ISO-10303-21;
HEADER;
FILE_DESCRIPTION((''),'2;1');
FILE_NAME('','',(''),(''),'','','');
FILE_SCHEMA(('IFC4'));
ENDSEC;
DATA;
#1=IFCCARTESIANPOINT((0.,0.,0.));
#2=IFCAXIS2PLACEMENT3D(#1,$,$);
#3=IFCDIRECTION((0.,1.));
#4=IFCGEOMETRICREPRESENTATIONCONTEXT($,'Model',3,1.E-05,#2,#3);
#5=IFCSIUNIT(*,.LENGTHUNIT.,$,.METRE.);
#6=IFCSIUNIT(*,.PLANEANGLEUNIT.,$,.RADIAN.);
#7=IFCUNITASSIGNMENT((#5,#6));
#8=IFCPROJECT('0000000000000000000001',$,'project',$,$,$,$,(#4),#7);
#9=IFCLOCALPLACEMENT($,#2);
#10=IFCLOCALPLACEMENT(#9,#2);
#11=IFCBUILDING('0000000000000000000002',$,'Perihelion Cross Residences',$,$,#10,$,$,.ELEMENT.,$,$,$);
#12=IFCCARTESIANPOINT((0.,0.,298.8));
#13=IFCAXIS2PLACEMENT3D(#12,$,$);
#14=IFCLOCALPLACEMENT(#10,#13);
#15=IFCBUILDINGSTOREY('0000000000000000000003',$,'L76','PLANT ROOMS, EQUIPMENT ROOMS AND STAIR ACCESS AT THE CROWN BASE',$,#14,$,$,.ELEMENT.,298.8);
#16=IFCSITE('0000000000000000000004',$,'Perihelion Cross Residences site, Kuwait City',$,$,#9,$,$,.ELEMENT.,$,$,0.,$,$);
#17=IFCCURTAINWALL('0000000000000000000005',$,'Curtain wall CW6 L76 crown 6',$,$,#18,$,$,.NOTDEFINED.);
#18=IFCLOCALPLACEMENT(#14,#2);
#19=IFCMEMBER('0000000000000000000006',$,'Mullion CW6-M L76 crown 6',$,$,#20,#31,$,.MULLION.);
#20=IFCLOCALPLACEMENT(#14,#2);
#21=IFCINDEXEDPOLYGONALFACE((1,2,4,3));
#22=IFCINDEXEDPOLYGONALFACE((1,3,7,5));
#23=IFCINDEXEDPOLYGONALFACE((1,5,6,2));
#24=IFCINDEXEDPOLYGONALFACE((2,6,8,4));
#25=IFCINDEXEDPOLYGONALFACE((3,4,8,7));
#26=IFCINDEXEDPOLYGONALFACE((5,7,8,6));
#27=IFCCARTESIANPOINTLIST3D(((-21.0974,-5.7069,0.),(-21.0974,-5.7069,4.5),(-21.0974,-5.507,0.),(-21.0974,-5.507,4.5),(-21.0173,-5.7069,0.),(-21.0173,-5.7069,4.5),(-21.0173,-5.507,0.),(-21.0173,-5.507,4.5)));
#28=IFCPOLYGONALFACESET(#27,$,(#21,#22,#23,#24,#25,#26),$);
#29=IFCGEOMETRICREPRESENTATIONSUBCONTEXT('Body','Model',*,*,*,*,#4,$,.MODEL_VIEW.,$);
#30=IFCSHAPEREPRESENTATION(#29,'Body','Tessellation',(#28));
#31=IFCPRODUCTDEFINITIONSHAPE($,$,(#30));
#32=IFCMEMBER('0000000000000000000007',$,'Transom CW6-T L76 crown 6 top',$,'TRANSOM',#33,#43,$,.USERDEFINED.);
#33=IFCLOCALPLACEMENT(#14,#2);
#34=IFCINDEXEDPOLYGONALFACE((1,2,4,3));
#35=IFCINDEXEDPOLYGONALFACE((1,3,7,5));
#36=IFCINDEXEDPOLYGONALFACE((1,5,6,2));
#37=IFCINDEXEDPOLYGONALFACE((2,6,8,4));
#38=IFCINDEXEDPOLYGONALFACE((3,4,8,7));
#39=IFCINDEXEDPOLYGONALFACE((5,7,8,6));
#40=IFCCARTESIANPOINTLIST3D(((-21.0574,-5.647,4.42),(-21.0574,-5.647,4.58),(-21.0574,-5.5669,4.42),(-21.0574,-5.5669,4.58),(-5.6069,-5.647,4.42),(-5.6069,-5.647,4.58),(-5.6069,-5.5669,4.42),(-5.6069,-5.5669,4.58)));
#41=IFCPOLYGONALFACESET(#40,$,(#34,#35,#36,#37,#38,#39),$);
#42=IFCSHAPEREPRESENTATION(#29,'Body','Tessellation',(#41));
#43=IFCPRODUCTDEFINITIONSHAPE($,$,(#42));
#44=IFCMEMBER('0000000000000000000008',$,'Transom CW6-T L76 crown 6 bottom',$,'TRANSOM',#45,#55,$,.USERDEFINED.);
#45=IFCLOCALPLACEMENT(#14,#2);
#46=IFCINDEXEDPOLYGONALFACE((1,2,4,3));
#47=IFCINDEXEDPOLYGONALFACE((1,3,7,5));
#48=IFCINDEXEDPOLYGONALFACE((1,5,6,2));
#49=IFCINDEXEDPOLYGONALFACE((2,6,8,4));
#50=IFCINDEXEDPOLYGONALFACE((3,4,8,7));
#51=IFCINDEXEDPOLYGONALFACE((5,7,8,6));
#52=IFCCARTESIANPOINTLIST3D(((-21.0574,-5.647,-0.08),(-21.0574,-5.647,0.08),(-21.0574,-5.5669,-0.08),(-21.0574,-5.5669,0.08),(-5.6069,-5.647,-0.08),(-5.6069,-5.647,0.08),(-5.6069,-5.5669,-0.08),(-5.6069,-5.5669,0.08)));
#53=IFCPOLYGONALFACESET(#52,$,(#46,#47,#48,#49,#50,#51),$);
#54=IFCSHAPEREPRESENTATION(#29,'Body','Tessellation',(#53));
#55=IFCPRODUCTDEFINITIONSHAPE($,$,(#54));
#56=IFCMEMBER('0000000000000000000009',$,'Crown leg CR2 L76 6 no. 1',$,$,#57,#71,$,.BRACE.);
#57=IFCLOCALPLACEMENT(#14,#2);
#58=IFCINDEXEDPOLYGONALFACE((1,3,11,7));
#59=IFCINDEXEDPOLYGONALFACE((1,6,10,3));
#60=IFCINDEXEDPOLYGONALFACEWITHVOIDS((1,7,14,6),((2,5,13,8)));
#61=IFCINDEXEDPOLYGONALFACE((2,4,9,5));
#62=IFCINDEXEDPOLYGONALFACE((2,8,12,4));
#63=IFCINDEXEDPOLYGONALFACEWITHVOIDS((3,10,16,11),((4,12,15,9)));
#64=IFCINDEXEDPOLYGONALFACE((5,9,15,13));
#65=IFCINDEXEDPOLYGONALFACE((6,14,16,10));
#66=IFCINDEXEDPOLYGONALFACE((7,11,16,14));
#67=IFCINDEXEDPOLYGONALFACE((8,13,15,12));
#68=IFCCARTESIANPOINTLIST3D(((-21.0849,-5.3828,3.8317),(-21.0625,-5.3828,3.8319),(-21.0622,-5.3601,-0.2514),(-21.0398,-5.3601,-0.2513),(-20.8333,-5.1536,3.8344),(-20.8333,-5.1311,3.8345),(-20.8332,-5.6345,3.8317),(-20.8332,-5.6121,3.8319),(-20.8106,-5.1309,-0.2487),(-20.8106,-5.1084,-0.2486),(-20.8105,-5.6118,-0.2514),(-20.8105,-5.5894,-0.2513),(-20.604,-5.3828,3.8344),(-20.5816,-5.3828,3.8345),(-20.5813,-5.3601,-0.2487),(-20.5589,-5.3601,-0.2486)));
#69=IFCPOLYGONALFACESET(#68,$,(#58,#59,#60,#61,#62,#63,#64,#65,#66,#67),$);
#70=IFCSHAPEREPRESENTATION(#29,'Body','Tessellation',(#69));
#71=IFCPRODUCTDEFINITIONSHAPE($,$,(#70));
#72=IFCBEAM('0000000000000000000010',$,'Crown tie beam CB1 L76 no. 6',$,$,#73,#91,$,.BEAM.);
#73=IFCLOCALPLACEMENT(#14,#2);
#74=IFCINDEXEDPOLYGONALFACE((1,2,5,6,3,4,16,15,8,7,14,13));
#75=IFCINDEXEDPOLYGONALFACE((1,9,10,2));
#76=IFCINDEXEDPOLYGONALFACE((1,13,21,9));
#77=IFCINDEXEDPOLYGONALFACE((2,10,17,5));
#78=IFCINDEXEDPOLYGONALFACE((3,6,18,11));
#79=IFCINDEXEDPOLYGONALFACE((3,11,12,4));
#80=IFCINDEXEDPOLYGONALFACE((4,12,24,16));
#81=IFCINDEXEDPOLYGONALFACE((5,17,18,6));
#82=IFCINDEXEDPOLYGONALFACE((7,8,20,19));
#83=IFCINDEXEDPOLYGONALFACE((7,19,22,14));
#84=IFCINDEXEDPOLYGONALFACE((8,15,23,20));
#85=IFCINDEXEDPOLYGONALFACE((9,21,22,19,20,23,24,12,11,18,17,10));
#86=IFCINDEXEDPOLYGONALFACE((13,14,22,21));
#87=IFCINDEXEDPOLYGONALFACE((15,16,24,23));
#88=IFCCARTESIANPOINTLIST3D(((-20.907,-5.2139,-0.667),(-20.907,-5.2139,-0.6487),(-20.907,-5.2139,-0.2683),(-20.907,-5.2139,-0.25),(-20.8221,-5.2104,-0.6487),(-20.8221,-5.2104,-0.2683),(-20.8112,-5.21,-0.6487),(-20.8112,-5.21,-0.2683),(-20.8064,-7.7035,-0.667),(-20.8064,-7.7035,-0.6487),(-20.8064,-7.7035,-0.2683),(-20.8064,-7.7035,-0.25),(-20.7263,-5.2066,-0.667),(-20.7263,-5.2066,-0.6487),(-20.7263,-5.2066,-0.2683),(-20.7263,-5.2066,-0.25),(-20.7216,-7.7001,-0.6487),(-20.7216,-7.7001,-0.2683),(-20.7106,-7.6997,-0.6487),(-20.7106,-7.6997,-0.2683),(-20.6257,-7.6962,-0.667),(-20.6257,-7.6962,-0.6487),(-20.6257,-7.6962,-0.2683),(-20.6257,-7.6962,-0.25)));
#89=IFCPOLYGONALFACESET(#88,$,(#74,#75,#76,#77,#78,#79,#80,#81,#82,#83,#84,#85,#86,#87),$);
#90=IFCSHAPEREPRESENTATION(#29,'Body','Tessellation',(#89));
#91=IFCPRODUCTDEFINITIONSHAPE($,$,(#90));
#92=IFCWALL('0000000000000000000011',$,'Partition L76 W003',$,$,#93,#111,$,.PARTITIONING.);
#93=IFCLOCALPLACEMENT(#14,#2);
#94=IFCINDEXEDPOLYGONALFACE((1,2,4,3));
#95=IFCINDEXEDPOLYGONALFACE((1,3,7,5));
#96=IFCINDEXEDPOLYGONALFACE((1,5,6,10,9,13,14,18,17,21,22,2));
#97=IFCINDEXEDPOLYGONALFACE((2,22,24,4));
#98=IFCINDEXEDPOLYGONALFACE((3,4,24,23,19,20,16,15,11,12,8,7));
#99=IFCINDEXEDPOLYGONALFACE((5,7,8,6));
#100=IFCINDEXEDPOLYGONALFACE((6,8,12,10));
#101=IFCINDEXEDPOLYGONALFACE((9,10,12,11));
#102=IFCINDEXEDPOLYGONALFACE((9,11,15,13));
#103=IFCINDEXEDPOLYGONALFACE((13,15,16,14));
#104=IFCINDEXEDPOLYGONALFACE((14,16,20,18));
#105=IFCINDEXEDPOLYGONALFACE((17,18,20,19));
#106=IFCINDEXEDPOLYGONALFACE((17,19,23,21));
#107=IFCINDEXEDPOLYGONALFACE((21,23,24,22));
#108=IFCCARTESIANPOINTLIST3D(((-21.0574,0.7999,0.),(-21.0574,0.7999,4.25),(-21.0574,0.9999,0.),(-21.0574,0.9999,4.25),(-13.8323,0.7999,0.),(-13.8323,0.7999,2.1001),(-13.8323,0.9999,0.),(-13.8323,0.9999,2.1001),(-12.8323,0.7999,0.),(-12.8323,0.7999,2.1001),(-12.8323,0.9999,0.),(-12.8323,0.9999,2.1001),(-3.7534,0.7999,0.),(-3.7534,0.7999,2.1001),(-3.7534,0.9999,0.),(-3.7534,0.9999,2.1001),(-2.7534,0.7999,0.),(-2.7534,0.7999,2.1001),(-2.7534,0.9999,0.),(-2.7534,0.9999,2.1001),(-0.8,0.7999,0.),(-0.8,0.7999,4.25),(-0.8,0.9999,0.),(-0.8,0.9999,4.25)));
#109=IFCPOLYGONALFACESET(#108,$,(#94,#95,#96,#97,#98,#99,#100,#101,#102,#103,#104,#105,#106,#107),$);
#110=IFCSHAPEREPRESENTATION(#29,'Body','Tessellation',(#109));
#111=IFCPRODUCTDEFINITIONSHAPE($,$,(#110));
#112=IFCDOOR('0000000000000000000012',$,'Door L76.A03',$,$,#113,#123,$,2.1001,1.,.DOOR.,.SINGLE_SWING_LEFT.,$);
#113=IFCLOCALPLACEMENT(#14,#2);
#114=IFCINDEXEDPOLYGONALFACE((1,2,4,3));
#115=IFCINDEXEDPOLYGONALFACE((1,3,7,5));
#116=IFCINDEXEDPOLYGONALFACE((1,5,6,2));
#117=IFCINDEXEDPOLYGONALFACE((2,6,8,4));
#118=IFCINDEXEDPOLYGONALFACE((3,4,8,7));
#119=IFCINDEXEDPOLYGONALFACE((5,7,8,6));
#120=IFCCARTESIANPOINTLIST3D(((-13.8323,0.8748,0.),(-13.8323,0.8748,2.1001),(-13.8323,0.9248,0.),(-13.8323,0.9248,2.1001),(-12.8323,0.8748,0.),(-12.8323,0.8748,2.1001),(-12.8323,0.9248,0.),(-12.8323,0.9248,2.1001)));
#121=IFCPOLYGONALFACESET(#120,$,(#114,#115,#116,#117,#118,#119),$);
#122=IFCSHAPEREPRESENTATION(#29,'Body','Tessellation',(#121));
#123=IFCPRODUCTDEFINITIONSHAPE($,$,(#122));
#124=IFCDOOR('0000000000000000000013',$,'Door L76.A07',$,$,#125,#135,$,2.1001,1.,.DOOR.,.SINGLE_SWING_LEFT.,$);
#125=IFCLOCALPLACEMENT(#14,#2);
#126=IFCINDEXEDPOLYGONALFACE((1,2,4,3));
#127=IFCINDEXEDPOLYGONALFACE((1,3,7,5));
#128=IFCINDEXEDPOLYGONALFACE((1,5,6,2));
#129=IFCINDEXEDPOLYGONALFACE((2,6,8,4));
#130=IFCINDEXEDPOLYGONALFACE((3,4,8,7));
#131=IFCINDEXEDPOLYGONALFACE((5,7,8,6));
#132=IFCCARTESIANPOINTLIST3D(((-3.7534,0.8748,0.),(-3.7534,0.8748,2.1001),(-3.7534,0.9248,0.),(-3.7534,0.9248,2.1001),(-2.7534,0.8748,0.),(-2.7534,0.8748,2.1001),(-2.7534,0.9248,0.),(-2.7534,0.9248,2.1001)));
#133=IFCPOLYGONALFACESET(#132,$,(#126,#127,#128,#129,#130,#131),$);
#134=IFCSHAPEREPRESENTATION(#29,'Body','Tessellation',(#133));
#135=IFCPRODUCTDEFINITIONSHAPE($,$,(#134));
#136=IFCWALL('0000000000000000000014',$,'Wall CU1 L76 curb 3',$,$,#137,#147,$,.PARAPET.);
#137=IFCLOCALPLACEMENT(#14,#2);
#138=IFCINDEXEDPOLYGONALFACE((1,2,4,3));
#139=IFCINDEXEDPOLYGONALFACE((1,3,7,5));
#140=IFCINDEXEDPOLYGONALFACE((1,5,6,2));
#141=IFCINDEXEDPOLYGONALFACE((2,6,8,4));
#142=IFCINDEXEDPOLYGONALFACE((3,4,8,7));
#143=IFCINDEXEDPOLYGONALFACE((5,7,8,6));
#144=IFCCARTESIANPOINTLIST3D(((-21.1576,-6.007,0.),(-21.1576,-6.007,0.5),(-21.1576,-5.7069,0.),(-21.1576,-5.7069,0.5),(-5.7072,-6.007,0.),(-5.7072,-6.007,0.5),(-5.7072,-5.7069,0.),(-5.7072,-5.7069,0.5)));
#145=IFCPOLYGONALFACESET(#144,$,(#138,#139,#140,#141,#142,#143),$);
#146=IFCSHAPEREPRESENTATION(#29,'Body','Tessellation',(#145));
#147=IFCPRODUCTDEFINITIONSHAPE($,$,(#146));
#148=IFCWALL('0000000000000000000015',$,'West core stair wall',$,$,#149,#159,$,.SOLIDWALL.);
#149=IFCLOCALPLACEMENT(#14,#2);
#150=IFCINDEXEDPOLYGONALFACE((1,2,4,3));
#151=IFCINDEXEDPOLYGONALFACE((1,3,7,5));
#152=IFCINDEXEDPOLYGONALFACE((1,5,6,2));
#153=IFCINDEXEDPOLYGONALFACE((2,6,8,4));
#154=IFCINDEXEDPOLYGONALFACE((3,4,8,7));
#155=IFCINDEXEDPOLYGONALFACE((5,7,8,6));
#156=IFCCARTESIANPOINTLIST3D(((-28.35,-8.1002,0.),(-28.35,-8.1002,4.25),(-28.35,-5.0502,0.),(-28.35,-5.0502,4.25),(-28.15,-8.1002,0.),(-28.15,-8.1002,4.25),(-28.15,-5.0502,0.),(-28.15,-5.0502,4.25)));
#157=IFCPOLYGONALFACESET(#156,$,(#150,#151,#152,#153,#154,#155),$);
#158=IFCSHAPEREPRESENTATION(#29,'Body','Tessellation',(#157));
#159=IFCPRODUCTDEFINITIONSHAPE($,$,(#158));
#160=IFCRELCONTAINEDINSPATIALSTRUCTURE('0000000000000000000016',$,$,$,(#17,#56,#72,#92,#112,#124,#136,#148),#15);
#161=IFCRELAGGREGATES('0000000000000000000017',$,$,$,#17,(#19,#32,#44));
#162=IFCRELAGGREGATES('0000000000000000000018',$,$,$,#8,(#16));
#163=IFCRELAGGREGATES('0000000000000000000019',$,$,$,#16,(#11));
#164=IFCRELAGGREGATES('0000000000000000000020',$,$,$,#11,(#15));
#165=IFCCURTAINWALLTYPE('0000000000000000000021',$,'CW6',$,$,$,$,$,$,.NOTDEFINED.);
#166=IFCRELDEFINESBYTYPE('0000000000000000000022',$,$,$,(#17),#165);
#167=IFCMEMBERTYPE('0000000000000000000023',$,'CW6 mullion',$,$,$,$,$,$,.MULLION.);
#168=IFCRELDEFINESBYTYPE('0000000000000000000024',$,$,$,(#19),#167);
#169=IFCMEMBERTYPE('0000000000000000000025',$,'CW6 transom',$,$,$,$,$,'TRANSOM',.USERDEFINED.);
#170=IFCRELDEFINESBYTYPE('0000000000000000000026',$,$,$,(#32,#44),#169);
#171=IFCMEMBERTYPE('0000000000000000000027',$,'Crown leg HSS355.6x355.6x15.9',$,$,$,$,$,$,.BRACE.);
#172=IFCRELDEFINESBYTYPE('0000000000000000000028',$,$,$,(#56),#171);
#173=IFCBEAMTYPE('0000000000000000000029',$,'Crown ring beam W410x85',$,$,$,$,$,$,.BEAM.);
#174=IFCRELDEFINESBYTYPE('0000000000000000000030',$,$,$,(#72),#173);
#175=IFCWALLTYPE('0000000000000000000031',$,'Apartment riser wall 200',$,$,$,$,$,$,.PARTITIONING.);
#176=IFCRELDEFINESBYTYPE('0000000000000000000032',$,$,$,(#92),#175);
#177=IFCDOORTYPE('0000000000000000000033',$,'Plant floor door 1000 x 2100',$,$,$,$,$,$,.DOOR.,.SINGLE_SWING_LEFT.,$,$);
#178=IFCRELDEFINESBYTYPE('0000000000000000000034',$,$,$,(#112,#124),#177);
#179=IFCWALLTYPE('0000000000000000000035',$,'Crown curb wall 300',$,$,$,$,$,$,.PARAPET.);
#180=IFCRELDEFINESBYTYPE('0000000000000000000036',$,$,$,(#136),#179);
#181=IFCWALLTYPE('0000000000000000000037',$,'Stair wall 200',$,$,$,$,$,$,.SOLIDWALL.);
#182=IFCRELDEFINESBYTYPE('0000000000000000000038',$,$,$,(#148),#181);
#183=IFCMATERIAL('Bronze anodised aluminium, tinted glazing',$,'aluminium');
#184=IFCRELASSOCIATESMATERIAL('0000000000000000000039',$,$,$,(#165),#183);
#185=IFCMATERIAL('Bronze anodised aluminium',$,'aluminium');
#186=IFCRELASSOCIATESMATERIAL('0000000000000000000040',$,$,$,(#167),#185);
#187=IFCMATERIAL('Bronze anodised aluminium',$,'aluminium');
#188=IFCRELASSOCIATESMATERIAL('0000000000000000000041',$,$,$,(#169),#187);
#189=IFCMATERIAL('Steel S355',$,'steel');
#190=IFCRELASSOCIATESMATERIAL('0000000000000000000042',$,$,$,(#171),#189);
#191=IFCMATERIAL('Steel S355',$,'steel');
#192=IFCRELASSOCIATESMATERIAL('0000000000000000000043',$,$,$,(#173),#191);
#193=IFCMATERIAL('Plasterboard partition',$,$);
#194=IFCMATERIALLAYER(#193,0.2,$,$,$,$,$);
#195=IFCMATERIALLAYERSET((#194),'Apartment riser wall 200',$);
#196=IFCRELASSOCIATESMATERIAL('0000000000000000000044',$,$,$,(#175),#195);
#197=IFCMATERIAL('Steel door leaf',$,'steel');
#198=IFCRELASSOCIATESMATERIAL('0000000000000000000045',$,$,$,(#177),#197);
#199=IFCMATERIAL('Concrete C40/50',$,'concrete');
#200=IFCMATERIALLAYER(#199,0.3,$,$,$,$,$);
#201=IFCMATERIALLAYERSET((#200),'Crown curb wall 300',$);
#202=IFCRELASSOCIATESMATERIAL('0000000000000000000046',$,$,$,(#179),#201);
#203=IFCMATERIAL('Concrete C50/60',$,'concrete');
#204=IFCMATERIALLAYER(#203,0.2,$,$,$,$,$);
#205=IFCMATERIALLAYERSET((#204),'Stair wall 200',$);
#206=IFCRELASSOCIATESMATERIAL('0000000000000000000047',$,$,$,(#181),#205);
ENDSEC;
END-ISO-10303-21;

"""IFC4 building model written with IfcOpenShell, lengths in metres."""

from ifc_helpers import new_model, si_unit, direction, frame, frame_2d, origin, origin_2d, place, context, subcontext, project, spatial, rectangle, hollow_rectangle, i_section, extrude, material, layer, layer_set, material_profile, profile_set, type_object, element, fill, aggregate, save


model = new_model("IFC4")

# Units and contexts
model_context = context("Model", 3, precision=1e-05, world=origin(), true_north=direction((0.0, 1.0)))
body_context = subcontext(model_context, "Body", "Model", "MODEL_VIEW")
ifc_project = project(units=[si_unit("LENGTHUNIT", "METRE"), si_unit("PLANEANGLEUNIT", "RADIAN")], contexts=[model_context])

# Site, building, storey
site_placement = place(None, origin())
site = spatial("IfcSite", under=ifc_project, at=site_placement, Name="Perihelion Cross Residences site, Kuwait City", CompositionType="ELEMENT", RefElevation=0.0)
building_placement = place(site_placement, origin())
building = spatial("IfcBuilding", under=site, at=building_placement, Name="Perihelion Cross Residences", CompositionType="ELEMENT")
storey_placement = place(building_placement, frame((0.0, 0.0, 298.8)))
storey = spatial("IfcBuildingStorey", under=building, at=storey_placement, Name="L76", Description="PLANT ROOMS, EQUIPMENT ROOMS AND STAIR ACCESS AT THE CROWN BASE", CompositionType="ELEMENT", Elevation=298.8)

# Curtain wall, members
ifc_material_1 = material(Name="Bronze anodised aluminium, tinted glazing", Category="aluminium")
curtain_wall_type = type_object("IfcCurtainWallType", Name="CW6", PredefinedType="NOTDEFINED", material=ifc_material_1)
curtain_wall_1_placement = place(storey_placement, origin())
curtain_wall_1 = element("IfcCurtainWall", 1, at=curtain_wall_1_placement, inside=storey, type_object=curtain_wall_type, Name="Curtain wall CW6 L76 crown 6", PredefinedType="NOTDEFINED")
ifc_material_2 = material(Name="Bronze anodised aluminium", Category="aluminium")
ifc_material_profile_1 = material_profile(ifc_material_2, rectangle(XDim=0.0801, YDim=0.2, at=origin_2d()), Name="CW6 mullion")
ifc_profile_set_1 = profile_set([ifc_material_profile_1], Name="Bronze anodised aluminium")
member_type_1 = type_object("IfcMemberType", Name="CW6 mullion", PredefinedType="MULLION", material=ifc_profile_set_1)
member_1_placement = place(storey_placement, frame((-21.0574, -5.6069, 0.0), z_axis=(0.0, 0.0, 1.0), x_axis=(1.0, 0.0, 0.0)))
member_1 = element("IfcMember", 2, at=member_1_placement, type_object=member_type_1, Name="Mullion CW6-M L76 crown 6", PredefinedType="MULLION", context=body_context, shape_type="SweptSolid", body=[
    extrude(rectangle(XDim=0.0801, YDim=0.2, at=origin_2d()), origin(), (0.0, 0.0, 1.0), 4.5),
])
ifc_material_3 = material(Name="Bronze anodised aluminium", Category="aluminium")
ifc_material_profile_2 = material_profile(ifc_material_3, rectangle(XDim=0.0801, YDim=0.1599, at=origin_2d()), Name="CW6 transom")
ifc_profile_set_2 = profile_set([ifc_material_profile_2], Name="Bronze anodised aluminium")
member_type_2 = type_object("IfcMemberType", Name="CW6 transom", ElementType="TRANSOM", PredefinedType="USERDEFINED", material=ifc_profile_set_2)
member_2_placement = place(storey_placement, frame((-21.0574, -5.6069, 4.5), z_axis=(1.0, 0.0, 0.0), x_axis=(0.0, 1.0, 0.0)))
member_2 = element("IfcMember", 3, at=member_2_placement, type_object=member_type_2, Name="Transom CW6-T L76 crown 6 top", ObjectType="TRANSOM", PredefinedType="USERDEFINED", context=body_context, shape_type="SweptSolid", body=[
    extrude(rectangle(XDim=0.0801, YDim=0.1599, at=origin_2d()), origin(), (0.0, 0.0, 1.0), 15.4504),
])
member_3_placement = place(storey_placement, frame((-21.0574, -5.6069, 0.0), z_axis=(1.0, 0.0, 0.0), x_axis=(0.0, 1.0, 0.0)))
member_3 = element("IfcMember", 4, at=member_3_placement, type_object=member_type_2, Name="Transom CW6-T L76 crown 6 bottom", ObjectType="TRANSOM", PredefinedType="USERDEFINED", context=body_context, shape_type="SweptSolid", body=[
    extrude(rectangle(XDim=0.0801, YDim=0.1599, at=origin_2d()), origin(), (0.0, 0.0, 1.0), 15.4504),
])
aggregate(curtain_wall_1, [member_1, member_2, member_3])

# Member
ifc_material_4 = material(Name="Steel S355", Category="steel")
ifc_material_profile_3 = material_profile(ifc_material_4, hollow_rectangle(XDim=0.356, YDim=0.356, WallThickness=0.0159, at=origin_2d()), Name="HSS355.6x355.6x15.9")
ifc_profile_set_3 = profile_set([ifc_material_profile_3], Name="Steel S355")
member_type_3 = type_object("IfcMemberType", Name="Crown leg HSS355.6x355.6x15.9", PredefinedType="BRACE", material=ifc_profile_set_3)
member_4_placement = place(storey_placement, frame((-20.8105, -5.3601, -0.25), z_axis=(-0.005561, -0.005561, 0.999969), x_axis=(0.707107, -0.707107, 0.0)))
element("IfcMember", 5, at=member_4_placement, inside=storey, type_object=member_type_3, Name="Crown leg CR2 L76 6 no. 1", PredefinedType="BRACE", context=body_context, shape_type="SweptSolid", body=[
    extrude(hollow_rectangle(XDim=0.356, YDim=0.356, WallThickness=0.0159, at=origin_2d()), origin(), (0.0, 0.0, 1.0), 4.0833),
])

# Beam
ifc_material_5 = material(Name="Steel S355", Category="steel")
ifc_material_profile_4 = material_profile(ifc_material_5, i_section(OverallWidth=0.1809, OverallDepth=0.417, WebThickness=0.011, FlangeThickness=0.0183, at=origin_2d()), Name="W410x85")
ifc_profile_set_4 = profile_set([ifc_material_profile_4], Name="Steel S355")
beam_type = type_object("IfcBeamType", Name="Crown ring beam W410x85", PredefinedType="BEAM", material=ifc_profile_set_4)
beam_placement = place(storey_placement, frame((-20.8167, -5.2102, -0.4585), z_axis=(0.040367, -0.999185, 0.0), x_axis=(0.999185, 0.040367, 0.0)))
element("IfcBeam", 6, at=beam_placement, inside=storey, type_object=beam_type, Name="Crown tie beam CB1 L76 no. 6", PredefinedType="BEAM", context=body_context, shape_type="SweptSolid", body=[
    extrude(i_section(OverallWidth=0.1809, OverallDepth=0.417, WebThickness=0.011, FlangeThickness=0.0183, at=origin_2d()), origin(), (0.0, 0.0, 1.0), 2.4917),
])

# Wall, openings, doors
ifc_material_6 = material(Name="Plasterboard partition")
ifc_layer_1 = layer(ifc_material_6, 0.2)
ifc_layer_set_1 = layer_set([ifc_layer_1], Name="Apartment riser wall 200")
wall_type_1 = type_object("IfcWallType", Name="Apartment riser wall 200", PredefinedType="PARTITIONING", material=ifc_layer_set_1)
wall_1_placement = place(storey_placement, frame((-21.0574, 0.8999, 0.0), z_axis=(0.0, 0.0, 1.0), x_axis=(1.0, 0.0, 0.0)))
wall_1 = element("IfcWall", 7, at=wall_1_placement, inside=storey, type_object=wall_type_1, Name="Partition L76 W003", PredefinedType="PARTITIONING", context=body_context, shape_type="SweptSolid", body=[
    extrude(rectangle(XDim=20.2573, YDim=0.2, at=frame_2d((10.1287, 0.0))), origin(), (0.0, 0.0, 1.0), 4.25),
])
opening_1_placement = place(wall_1_placement, frame((7.2251, 0.0, 0.0)))
opening_1 = element("IfcOpeningElement", 8, at=opening_1_placement, cuts=wall_1, PredefinedType="OPENING", context=body_context, shape_type="SweptSolid", body=[
    extrude(rectangle(XDim=1.0, YDim=2.1001, at=frame_2d((0.5, 1.05))), frame((0.0, 0.1099, 0.0), z_axis=(0.0, -1.0, 0.0), x_axis=(1.0, 0.0, 0.0)), (0.0, 0.0, 1.0), 0.22),
])
opening_2_placement = place(wall_1_placement, frame((17.304, 0.0, 0.0)))
opening_2 = element("IfcOpeningElement", 9, at=opening_2_placement, cuts=wall_1, PredefinedType="OPENING", context=body_context, shape_type="SweptSolid", body=[
    extrude(rectangle(XDim=1.0, YDim=2.1001, at=frame_2d((0.5, 1.05))), frame((0.0, 0.1099, 0.0), z_axis=(0.0, -1.0, 0.0), x_axis=(1.0, 0.0, 0.0)), (0.0, 0.0, 1.0), 0.22),
])
ifc_material_7 = material(Name="Steel door leaf", Category="steel")
door_type_1 = type_object("IfcDoorType", Name="Plant floor door 1000 x 2100", OperationType="SINGLE_SWING_LEFT", PredefinedType="DOOR", material=ifc_material_7)
door_1_placement = place(opening_1_placement, origin())
door_1 = element("IfcDoor", 10, at=door_1_placement, inside=storey, type_object=door_type_1, Name="Door L76.A03", OperationType="SINGLE_SWING_LEFT", OverallHeight=2.1001, OverallWidth=1.0, PredefinedType="DOOR", context=body_context, shape_type="SweptSolid", body=[
    extrude(rectangle(XDim=1.0, YDim=2.1001, at=frame_2d((0.5, 1.05))), frame((0.0, 0.0249, 0.0), z_axis=(0.0, -1.0, 0.0), x_axis=(1.0, 0.0, 0.0)), (0.0, 0.0, 1.0), 0.05),
])
fill(opening_1, door_1)
door_2_placement = place(opening_2_placement, origin())
door_2 = element("IfcDoor", 11, at=door_2_placement, inside=storey, type_object=door_type_1, Name="Door L76.A07", OperationType="SINGLE_SWING_LEFT", OverallHeight=2.1001, OverallWidth=1.0, PredefinedType="DOOR", context=body_context, shape_type="SweptSolid", body=[
    extrude(rectangle(XDim=1.0, YDim=2.1001, at=frame_2d((0.5, 1.05))), frame((0.0, 0.0249, 0.0), z_axis=(0.0, -1.0, 0.0), x_axis=(1.0, 0.0, 0.0)), (0.0, 0.0, 1.0), 0.05),
])
fill(opening_2, door_2)

# Walls
ifc_material_8 = material(Name="Concrete C40/50", Category="concrete")
ifc_layer_2 = layer(ifc_material_8, 0.3)
ifc_layer_set_2 = layer_set([ifc_layer_2], Name="Crown curb wall 300")
wall_type_2 = type_object("IfcWallType", Name="Crown curb wall 300", PredefinedType="PARAPET", material=ifc_layer_set_2)
wall_2_placement = place(storey_placement, frame((-21.1575, -5.8569, 0.0), z_axis=(0.0, 0.0, 1.0), x_axis=(1.0, 0.0, 0.0)))
element("IfcWall", 12, at=wall_2_placement, inside=storey, type_object=wall_type_2, Name="Wall CU1 L76 curb 3", PredefinedType="PARAPET", context=body_context, shape_type="SweptSolid", body=[
    extrude(rectangle(XDim=15.4504, YDim=0.3, at=frame_2d((7.7251, 0.0))), origin(), (0.0, 0.0, 1.0), 0.5),
])
ifc_material_9 = material(Name="Concrete C50/60", Category="concrete")
ifc_layer_3 = layer(ifc_material_9, 0.2)
ifc_layer_set_3 = layer_set([ifc_layer_3], Name="Stair wall 200")
wall_type_3 = type_object("IfcWallType", Name="Stair wall 200", PredefinedType="SOLIDWALL", material=ifc_layer_set_3)
wall_3_placement = place(storey_placement, frame((-28.25, -8.1001, 0.0), z_axis=(0.0, 0.0, 1.0), x_axis=(0.0, 1.0, 0.0)))
element("IfcWall", 13, at=wall_3_placement, inside=storey, type_object=wall_type_3, Name="West core stair wall", PredefinedType="SOLIDWALL", context=body_context, shape_type="SweptSolid", body=[
    extrude(rectangle(XDim=3.05, YDim=0.2, at=frame_2d((1.5249, 0.0))), origin(), (0.0, 0.0, 1.0), 4.25),
])

save(model, "model.ifc")
